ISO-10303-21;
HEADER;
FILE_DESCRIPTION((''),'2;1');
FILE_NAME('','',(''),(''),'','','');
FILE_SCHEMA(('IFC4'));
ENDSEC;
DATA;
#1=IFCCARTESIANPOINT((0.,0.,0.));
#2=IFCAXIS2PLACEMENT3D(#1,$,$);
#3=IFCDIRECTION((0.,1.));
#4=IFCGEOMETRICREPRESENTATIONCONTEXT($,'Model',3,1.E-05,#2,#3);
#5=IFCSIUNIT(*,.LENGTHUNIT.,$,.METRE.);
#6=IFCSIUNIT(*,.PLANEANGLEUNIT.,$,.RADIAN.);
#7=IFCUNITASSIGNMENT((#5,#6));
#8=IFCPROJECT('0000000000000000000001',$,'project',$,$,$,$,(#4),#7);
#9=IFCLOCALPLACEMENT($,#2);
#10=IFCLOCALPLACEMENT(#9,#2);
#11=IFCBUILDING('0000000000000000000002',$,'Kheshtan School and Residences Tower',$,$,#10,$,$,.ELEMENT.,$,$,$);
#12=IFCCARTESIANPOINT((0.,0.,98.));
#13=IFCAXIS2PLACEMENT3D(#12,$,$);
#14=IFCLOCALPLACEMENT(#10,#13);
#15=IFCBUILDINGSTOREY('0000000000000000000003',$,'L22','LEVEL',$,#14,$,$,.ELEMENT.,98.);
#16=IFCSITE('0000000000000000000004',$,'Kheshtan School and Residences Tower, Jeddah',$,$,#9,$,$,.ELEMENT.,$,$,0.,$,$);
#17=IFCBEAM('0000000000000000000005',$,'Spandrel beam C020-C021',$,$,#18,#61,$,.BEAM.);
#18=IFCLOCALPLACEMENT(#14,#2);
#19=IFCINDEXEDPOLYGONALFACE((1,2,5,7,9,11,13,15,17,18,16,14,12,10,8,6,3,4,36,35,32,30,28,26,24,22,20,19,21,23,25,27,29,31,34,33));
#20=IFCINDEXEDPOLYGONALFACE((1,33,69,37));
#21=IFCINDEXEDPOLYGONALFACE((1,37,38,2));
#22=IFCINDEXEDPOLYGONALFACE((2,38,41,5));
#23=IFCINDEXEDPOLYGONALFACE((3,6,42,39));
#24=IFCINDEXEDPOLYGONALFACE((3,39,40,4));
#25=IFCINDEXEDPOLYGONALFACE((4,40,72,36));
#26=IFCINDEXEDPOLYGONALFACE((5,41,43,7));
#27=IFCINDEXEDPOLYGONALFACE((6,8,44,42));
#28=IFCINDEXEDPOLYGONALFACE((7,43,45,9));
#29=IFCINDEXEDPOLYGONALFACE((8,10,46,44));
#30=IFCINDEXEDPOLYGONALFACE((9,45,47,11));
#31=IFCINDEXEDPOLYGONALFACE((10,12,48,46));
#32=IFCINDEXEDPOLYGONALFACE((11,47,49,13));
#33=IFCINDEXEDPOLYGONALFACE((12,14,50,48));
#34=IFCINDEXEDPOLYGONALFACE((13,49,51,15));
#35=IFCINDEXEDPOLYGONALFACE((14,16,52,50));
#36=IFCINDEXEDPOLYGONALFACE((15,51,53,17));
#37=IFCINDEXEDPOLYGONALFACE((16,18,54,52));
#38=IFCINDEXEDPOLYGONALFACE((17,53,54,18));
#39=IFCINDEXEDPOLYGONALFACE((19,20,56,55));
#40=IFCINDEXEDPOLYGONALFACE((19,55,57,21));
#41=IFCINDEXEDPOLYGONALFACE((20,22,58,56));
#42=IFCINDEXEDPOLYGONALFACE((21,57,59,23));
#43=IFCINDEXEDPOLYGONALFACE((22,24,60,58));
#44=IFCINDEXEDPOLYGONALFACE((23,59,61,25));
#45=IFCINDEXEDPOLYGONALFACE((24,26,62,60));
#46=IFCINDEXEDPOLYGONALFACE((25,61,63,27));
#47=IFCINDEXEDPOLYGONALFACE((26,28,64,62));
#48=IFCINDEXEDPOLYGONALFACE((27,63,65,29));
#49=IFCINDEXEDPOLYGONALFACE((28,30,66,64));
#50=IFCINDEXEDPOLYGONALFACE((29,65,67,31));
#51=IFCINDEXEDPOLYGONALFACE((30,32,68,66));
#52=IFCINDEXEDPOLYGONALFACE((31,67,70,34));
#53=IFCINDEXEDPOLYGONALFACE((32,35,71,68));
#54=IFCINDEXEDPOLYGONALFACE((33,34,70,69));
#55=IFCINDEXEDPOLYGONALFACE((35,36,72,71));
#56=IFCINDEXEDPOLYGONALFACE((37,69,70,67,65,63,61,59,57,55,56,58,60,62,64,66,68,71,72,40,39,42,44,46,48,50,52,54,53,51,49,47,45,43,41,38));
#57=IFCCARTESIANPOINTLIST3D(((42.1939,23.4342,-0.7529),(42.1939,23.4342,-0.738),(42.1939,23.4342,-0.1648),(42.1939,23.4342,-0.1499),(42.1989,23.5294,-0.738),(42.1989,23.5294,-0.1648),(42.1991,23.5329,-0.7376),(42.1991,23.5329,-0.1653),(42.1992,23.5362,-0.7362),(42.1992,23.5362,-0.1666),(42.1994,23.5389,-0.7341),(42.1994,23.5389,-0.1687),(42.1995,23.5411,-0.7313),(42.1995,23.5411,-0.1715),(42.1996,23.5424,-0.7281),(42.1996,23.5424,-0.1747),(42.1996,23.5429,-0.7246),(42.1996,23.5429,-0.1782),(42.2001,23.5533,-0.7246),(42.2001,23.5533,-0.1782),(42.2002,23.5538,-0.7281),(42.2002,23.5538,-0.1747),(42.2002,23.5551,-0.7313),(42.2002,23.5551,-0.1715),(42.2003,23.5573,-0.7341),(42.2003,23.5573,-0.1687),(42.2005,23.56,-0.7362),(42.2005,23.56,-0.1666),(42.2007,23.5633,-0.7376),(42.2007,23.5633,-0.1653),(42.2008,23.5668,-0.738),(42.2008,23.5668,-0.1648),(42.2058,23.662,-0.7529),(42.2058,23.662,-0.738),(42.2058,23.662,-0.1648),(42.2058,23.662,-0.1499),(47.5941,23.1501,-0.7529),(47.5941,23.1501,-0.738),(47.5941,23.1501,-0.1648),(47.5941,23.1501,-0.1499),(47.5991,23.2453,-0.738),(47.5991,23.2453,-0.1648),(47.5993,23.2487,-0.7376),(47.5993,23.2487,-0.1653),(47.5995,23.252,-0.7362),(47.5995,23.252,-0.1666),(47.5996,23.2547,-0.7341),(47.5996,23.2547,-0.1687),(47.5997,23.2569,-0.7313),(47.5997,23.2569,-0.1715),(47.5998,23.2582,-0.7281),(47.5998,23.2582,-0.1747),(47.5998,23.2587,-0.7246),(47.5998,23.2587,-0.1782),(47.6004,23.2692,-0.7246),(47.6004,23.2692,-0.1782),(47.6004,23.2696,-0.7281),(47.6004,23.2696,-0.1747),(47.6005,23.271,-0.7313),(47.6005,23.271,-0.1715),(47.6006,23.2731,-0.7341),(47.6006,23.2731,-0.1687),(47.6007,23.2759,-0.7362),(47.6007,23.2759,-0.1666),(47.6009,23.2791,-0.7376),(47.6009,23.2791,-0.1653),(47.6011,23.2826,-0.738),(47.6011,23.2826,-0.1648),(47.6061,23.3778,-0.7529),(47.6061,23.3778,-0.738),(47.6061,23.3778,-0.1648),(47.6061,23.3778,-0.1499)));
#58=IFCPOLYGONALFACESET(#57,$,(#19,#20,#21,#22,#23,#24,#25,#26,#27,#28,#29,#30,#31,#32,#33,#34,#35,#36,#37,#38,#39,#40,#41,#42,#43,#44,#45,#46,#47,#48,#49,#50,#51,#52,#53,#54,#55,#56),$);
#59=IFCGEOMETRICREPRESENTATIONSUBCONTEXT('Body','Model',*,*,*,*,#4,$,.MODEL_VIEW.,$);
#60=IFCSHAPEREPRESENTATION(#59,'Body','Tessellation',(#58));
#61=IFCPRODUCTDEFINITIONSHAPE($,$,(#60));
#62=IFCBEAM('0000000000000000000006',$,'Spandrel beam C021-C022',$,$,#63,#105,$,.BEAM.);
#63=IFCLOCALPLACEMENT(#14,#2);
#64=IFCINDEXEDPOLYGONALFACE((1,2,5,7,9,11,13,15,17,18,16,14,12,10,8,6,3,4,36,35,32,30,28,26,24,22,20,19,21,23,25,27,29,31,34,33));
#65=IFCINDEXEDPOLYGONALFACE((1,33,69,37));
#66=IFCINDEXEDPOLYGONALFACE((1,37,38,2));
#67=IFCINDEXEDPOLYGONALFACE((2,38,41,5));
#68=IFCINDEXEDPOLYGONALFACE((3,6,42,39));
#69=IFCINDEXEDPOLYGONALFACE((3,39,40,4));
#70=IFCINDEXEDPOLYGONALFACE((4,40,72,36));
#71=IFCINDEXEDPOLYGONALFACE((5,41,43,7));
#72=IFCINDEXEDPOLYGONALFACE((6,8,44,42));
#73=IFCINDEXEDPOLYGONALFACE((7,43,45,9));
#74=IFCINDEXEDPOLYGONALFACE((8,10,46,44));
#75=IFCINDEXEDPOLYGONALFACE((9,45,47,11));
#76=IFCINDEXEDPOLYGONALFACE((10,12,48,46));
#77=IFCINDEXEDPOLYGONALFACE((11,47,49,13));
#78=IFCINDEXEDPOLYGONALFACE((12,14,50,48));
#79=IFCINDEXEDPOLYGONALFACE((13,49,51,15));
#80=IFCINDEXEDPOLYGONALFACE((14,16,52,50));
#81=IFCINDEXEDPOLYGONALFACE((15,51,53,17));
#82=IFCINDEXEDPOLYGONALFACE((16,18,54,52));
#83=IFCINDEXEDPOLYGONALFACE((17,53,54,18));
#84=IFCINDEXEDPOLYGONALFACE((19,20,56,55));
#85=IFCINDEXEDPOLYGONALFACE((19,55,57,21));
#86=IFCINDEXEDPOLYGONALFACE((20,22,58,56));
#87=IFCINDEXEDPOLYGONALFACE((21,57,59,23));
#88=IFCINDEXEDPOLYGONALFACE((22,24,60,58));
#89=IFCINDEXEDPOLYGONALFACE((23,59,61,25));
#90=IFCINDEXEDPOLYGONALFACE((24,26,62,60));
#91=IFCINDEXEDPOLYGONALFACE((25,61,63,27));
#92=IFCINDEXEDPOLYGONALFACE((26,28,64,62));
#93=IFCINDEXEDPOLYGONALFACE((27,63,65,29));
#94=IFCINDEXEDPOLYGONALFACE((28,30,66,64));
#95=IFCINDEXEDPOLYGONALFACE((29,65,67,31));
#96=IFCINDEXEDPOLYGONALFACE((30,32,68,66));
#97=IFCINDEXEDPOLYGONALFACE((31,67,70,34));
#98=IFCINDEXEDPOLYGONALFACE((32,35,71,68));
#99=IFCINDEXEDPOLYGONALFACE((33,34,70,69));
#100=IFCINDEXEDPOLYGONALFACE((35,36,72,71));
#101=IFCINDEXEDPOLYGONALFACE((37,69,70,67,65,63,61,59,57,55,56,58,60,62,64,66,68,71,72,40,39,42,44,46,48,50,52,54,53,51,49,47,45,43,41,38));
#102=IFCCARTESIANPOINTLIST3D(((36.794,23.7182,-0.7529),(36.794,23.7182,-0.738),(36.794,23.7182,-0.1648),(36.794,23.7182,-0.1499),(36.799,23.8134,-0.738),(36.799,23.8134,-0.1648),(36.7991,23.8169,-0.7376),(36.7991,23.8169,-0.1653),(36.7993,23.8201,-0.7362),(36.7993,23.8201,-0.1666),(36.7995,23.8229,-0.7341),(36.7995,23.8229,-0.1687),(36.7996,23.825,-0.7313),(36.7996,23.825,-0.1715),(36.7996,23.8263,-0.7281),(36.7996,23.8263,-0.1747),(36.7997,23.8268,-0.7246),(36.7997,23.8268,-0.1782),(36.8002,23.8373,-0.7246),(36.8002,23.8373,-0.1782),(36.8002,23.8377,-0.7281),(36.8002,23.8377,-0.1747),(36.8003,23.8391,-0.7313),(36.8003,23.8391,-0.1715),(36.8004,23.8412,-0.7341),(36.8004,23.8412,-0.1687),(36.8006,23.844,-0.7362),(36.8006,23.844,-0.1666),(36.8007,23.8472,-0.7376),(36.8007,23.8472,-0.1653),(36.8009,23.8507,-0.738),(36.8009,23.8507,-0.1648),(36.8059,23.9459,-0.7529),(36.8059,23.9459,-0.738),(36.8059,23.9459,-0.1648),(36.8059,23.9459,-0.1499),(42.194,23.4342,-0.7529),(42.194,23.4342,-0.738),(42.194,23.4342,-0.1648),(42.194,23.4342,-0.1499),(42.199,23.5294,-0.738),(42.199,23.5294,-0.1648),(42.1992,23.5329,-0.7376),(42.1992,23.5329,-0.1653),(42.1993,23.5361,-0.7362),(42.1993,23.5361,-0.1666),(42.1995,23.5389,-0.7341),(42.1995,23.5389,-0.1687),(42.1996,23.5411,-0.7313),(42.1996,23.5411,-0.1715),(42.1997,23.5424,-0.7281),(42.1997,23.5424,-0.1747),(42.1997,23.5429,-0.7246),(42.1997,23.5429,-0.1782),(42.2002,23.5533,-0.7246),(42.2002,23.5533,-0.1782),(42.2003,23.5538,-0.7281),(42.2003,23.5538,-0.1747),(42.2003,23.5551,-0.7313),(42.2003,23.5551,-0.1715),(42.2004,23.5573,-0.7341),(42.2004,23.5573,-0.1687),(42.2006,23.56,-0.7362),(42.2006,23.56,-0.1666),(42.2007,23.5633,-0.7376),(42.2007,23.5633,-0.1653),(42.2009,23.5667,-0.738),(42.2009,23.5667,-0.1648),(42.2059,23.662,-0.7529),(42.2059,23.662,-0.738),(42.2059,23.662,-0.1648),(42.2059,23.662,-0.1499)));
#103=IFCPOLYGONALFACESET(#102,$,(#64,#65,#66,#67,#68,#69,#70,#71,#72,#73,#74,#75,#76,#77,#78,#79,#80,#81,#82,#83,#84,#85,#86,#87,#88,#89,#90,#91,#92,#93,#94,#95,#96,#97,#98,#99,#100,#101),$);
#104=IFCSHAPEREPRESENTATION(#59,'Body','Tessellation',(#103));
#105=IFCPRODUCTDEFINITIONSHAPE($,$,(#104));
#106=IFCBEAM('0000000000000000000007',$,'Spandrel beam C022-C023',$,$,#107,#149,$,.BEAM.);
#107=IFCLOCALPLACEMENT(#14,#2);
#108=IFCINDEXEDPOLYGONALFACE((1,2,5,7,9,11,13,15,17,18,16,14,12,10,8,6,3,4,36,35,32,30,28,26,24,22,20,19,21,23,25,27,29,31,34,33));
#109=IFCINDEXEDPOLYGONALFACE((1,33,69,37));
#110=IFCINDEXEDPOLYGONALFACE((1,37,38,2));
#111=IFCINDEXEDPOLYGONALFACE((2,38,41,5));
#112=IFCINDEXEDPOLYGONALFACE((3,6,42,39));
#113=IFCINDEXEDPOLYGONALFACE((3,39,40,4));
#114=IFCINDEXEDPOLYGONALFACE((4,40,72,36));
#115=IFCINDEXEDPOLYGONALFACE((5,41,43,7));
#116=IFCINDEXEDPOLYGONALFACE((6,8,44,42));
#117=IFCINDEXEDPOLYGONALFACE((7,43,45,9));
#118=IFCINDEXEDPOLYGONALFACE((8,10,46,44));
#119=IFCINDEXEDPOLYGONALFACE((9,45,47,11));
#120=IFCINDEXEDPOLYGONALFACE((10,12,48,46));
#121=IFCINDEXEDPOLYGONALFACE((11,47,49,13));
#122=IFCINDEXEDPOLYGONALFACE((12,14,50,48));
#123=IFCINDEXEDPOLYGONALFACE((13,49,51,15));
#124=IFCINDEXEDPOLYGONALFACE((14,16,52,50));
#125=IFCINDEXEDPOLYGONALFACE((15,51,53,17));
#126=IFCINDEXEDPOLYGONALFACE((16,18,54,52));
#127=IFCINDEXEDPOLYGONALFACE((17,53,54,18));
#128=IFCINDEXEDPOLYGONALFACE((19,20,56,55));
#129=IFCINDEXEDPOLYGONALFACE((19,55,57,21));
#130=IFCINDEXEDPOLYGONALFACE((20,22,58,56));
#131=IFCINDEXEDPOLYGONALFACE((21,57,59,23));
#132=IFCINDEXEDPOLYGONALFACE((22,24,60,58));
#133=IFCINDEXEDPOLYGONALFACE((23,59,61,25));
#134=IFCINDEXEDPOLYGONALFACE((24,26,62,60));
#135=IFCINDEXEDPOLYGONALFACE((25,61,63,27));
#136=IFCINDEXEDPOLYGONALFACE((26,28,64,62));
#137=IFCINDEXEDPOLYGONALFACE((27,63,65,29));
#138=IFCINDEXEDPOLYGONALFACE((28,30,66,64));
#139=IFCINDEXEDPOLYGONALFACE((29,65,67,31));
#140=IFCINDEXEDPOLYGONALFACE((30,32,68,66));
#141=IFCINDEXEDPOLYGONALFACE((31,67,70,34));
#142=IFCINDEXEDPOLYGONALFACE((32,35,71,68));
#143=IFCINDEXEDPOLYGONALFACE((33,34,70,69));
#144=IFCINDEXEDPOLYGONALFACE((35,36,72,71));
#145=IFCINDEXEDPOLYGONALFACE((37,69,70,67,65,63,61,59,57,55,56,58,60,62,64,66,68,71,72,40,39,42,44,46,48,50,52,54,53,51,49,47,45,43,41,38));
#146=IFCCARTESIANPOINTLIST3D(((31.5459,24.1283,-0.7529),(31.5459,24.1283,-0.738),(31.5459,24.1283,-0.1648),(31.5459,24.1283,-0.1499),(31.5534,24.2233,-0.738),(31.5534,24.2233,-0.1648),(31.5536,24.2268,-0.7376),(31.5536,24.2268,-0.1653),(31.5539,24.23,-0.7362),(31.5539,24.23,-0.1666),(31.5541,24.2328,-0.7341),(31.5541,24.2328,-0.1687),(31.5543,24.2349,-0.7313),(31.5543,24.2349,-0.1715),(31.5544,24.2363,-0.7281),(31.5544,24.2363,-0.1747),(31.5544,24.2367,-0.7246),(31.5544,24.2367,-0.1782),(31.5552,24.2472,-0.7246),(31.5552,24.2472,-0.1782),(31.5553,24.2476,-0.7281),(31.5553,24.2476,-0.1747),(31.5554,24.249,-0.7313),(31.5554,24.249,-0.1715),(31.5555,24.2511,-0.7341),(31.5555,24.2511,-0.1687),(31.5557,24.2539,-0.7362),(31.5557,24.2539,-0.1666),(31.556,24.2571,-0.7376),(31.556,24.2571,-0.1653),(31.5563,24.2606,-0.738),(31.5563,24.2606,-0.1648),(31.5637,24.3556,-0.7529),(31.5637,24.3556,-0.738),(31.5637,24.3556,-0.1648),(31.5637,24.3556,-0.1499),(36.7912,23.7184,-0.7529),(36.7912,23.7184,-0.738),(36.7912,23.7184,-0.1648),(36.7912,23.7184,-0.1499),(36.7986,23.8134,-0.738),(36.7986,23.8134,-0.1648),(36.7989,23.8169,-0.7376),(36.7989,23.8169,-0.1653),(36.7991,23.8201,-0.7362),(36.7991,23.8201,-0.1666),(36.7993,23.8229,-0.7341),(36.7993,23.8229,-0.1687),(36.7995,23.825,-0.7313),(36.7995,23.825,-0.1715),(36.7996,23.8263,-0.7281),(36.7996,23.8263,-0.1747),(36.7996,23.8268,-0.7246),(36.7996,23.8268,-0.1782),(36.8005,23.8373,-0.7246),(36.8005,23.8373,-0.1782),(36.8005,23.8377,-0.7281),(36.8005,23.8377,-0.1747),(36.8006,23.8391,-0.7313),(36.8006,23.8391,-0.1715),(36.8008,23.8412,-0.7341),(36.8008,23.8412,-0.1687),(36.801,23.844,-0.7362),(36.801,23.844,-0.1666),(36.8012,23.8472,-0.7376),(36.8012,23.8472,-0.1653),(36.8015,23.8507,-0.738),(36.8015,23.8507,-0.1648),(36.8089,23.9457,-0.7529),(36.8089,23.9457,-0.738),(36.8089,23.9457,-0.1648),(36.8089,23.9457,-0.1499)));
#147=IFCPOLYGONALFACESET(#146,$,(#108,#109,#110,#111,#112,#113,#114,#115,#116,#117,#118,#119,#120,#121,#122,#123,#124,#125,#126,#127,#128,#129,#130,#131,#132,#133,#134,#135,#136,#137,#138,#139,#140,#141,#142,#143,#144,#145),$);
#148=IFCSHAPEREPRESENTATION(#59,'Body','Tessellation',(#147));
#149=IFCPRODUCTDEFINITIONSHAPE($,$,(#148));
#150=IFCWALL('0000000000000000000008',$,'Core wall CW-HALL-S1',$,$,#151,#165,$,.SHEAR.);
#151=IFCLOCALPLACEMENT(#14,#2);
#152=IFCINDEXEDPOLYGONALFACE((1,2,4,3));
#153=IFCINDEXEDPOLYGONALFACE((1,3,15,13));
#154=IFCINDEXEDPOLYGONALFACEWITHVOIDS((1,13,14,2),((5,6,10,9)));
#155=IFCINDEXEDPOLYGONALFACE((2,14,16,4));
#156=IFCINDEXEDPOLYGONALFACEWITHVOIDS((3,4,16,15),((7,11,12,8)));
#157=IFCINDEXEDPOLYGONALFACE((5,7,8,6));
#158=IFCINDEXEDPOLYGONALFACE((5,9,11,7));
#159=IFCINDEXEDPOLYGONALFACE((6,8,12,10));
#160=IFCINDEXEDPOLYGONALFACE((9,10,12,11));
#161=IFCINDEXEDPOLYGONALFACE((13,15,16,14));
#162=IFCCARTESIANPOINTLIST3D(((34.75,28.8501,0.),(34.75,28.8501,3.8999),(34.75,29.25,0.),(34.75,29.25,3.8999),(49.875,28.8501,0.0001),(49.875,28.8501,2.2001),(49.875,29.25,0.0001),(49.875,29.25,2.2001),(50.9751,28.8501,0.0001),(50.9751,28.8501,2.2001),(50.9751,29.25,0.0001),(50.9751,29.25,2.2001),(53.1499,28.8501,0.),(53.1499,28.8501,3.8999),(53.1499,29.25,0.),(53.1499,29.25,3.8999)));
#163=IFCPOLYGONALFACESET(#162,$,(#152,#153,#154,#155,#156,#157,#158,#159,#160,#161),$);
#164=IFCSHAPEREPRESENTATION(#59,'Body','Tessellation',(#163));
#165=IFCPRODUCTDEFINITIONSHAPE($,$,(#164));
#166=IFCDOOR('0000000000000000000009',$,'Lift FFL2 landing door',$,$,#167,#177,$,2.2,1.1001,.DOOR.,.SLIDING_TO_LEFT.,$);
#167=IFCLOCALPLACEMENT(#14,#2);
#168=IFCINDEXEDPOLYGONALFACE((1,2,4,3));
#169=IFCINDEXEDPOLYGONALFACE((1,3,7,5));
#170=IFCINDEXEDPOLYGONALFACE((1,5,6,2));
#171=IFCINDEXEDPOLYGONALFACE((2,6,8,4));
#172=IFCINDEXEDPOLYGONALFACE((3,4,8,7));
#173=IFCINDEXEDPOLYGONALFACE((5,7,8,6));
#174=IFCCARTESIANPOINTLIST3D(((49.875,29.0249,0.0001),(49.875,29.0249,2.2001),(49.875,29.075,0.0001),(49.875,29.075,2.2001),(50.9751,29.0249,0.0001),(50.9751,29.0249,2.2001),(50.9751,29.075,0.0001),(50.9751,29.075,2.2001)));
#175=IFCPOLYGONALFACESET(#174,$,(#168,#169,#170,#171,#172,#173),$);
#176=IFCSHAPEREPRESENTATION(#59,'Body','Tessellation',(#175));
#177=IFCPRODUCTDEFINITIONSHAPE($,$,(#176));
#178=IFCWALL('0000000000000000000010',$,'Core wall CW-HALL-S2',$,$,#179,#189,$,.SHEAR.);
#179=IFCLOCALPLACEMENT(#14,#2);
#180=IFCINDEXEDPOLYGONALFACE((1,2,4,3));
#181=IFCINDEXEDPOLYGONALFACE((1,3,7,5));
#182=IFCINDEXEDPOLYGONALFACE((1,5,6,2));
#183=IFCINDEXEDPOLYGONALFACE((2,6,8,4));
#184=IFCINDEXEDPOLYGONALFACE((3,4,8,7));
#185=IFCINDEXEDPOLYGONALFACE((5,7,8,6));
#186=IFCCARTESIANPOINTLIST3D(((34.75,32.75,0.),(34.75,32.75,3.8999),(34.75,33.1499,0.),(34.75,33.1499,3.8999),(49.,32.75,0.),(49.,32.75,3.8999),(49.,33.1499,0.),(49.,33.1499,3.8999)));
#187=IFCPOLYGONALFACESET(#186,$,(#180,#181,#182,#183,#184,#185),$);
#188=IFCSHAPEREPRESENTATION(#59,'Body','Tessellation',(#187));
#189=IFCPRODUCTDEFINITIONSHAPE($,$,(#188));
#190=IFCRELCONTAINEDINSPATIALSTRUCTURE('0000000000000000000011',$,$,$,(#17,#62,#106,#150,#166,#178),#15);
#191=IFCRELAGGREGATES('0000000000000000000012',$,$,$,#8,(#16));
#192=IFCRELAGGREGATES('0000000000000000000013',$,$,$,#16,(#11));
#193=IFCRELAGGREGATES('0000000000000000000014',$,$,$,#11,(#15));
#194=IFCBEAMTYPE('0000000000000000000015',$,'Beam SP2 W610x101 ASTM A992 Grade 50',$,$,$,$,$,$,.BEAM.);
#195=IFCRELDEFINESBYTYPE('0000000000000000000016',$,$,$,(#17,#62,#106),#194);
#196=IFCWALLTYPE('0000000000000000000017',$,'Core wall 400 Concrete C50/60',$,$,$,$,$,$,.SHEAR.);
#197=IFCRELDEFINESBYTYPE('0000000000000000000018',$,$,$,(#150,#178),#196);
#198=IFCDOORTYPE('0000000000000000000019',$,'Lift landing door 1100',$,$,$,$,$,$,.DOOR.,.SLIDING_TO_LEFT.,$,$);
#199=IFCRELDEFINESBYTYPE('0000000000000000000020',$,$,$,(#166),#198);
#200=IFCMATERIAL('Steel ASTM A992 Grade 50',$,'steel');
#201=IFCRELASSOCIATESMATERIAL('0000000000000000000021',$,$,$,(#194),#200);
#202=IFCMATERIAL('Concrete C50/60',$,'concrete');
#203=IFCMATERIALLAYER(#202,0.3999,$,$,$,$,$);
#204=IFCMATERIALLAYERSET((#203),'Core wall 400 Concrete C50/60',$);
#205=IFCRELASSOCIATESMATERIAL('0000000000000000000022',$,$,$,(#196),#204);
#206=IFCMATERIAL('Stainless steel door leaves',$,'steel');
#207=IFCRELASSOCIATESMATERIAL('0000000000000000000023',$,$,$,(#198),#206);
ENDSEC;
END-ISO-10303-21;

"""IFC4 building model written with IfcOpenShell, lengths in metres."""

from ifc_helpers import new_model, si_unit, direction, frame, frame_2d, origin, origin_2d, place, context, subcontext, project, spatial, rectangle, i_section, extrude, source, transform, mapped, material, layer, layer_set, material_profile, profile_set, type_object, element, fill, save


model = new_model("IFC4")

# Units and contexts
model_context = context("Model", 3, precision=1e-05, world=origin(), true_north=direction((0.0, 1.0)))
body_context = subcontext(model_context, "Body", "Model", "MODEL_VIEW")
ifc_project = project(units=[si_unit("LENGTHUNIT", "METRE"), si_unit("PLANEANGLEUNIT", "RADIAN")], contexts=[model_context])

# Site, building, storey
site_placement = place(None, origin())
site = spatial("IfcSite", under=ifc_project, at=site_placement, Name="Kheshtan School and Residences Tower, Jeddah", CompositionType="ELEMENT", RefElevation=0.0)
building_placement = place(site_placement, origin())
building = spatial("IfcBuilding", under=site, at=building_placement, Name="Kheshtan School and Residences Tower", CompositionType="ELEMENT")
storey_placement = place(building_placement, frame((0.0, 0.0, 98.0)))
storey = spatial("IfcBuildingStorey", under=building, at=storey_placement, Name="L22", Description="LEVEL", CompositionType="ELEMENT", Elevation=98.0)

# Shared definitions
ifc_material_1 = material(Name="Steel ASTM A992 Grade 50", Category="steel")

# Beams
ifc_material_profile_1 = material_profile(ifc_material_1, i_section(OverallWidth=0.228, OverallDepth=0.603, WebThickness=0.0105, FlangeThickness=0.0149, FilletRadius=0.0134, at=origin_2d()), Name="W610x101")
ifc_profile_set_1 = profile_set([ifc_material_profile_1], Name="Steel ASTM A992 Grade 50")
beam_type_1 = type_object("IfcBeamType", Name="Beam SP2 W610x101 ASTM A992 Grade 50", PredefinedType="BEAM", material=ifc_profile_set_1)
beam_1_placement = place(storey_placement, frame((47.6001, 23.2639, -0.4514), z_axis=(-0.998618, 0.052552, 0.0), x_axis=(-0.052552, -0.998618, 0.0)))
element("IfcBeam", 1, at=beam_1_placement, inside=storey, type_object=beam_type_1, Name="Spandrel beam C020-C021", PredefinedType="BEAM", context=body_context, shape_type="SweptSolid", body=[
    extrude(i_section(OverallWidth=0.228, OverallDepth=0.603, WebThickness=0.0105, FlangeThickness=0.0149, FilletRadius=0.0134, at=origin_2d()), origin(), (0.0, 0.0, 1.0), 5.4077),
])
beam_2_placement = place(storey_placement, frame((42.2, 23.5481, -0.4514), z_axis=(-0.99862, 0.052509, 0.0), x_axis=(-0.052509, -0.99862, 0.0)))
element("IfcBeam", 2, at=beam_2_placement, inside=storey, type_object=beam_type_1, Name="Spandrel beam C021-C022", PredefinedType="BEAM", context=body_context, shape_type="SweptSolid", body=[
    extrude(i_section(OverallWidth=0.228, OverallDepth=0.603, WebThickness=0.0105, FlangeThickness=0.0149, FilletRadius=0.0134, at=origin_2d()), origin(), (0.0, 0.0, 1.0), 5.4075),
])
beam_3_placement = place(storey_placement, frame((36.8, 23.832, -0.4514), z_axis=(-0.99696, 0.077914, 0.0), x_axis=(-0.077914, -0.99696, 0.0)))
element("IfcBeam", 3, at=beam_3_placement, inside=storey, type_object=beam_type_1, Name="Spandrel beam C022-C023", PredefinedType="BEAM", context=body_context, shape_type="SweptSolid", body=[
    extrude(i_section(OverallWidth=0.228, OverallDepth=0.603, WebThickness=0.0105, FlangeThickness=0.0149, FilletRadius=0.0134, at=origin_2d()), origin(), (0.0, 0.0, 1.0), 5.2612),
])

# Wall, opening, door
ifc_material_2 = material(Name="Concrete C50/60", Category="concrete")
ifc_layer_1 = layer(ifc_material_2, 0.3999)
ifc_layer_set_1 = layer_set([ifc_layer_1], Name="Core wall 400 Concrete C50/60")
wall_type_1 = type_object("IfcWallType", Name="Core wall 400 Concrete C50/60", PredefinedType="SHEAR", material=ifc_layer_set_1)
wall_1_placement = place(storey_placement, frame((34.75, 29.05, 0.0), z_axis=(0.0, 0.0, 1.0), x_axis=(1.0, 0.0, 0.0)))
wall_1 = element("IfcWall", 4, at=wall_1_placement, inside=storey, type_object=wall_type_1, Name="Core wall CW-HALL-S1", PredefinedType="SHEAR", context=body_context, shape_type="SweptSolid", body=[
    extrude(rectangle(XDim=18.3999, YDim=0.3999, at=frame_2d((9.2, 0.0))), origin(), (0.0, 0.0, 1.0), 3.8999),
])
opening_1_placement = place(wall_1_placement, frame((15.125, 0.0, 0.0)))
opening_1 = element("IfcOpeningElement", 5, at=opening_1_placement, cuts=wall_1, PredefinedType="OPENING", context=body_context, shape_type="SweptSolid", body=[
    extrude(rectangle(XDim=1.1001, YDim=2.2, at=frame_2d((0.55, 1.1001))), frame((0.0, 0.21, 0.0), z_axis=(0.0, -1.0, 0.0), x_axis=(1.0, 0.0, 0.0)), (0.0, 0.0, 1.0), 0.4199),
])
ifc_material_3 = material(Name="Stainless steel door leaves", Category="steel")
door_type_1 = type_object("IfcDoorType", Name="Lift landing door 1100", OperationType="SLIDING_TO_LEFT", PredefinedType="DOOR", material=ifc_material_3)
shared_shape_1 = source(origin(), body_context, "Body", "SweptSolid", [
    extrude(rectangle(XDim=1.1001, YDim=2.2, at=frame_2d((0.55, 1.1001))), frame((0.0, 0.0249, 0.0), z_axis=(0.0, -1.0, 0.0), x_axis=(1.0, 0.0, 0.0)), (0.0, 0.0, 1.0), 0.05),
])
door_1_placement = place(opening_1_placement, origin())
door_1 = element("IfcDoor", 6, at=door_1_placement, inside=storey, type_object=door_type_1, Name="Lift FFL2 landing door", OperationType="SLIDING_TO_LEFT", OverallHeight=2.2, OverallWidth=1.1001, PredefinedType="DOOR", context=body_context, shape_type="MappedRepresentation", body=[
    mapped(shared_shape_1, transform((0.0, 0.0, 0.0), x_axis=(1.0, 0.0, 0.0), y_axis=(0.0, 1.0, 0.0), z_axis=(0.0, 0.0, 1.0), scale=1.0)),
])
fill(opening_1, door_1)

# Wall
wall_2_placement = place(storey_placement, frame((34.75, 32.95, 0.0), z_axis=(0.0, 0.0, 1.0), x_axis=(1.0, 0.0, 0.0)))
element("IfcWall", 7, at=wall_2_placement, inside=storey, type_object=wall_type_1, Name="Core wall CW-HALL-S2", PredefinedType="SHEAR", context=body_context, shape_type="SweptSolid", body=[
    extrude(rectangle(XDim=14.25, YDim=0.3999, at=frame_2d((7.125, 0.0))), origin(), (0.0, 0.0, 1.0), 3.8999),
])

save(model, "model.ifc")
